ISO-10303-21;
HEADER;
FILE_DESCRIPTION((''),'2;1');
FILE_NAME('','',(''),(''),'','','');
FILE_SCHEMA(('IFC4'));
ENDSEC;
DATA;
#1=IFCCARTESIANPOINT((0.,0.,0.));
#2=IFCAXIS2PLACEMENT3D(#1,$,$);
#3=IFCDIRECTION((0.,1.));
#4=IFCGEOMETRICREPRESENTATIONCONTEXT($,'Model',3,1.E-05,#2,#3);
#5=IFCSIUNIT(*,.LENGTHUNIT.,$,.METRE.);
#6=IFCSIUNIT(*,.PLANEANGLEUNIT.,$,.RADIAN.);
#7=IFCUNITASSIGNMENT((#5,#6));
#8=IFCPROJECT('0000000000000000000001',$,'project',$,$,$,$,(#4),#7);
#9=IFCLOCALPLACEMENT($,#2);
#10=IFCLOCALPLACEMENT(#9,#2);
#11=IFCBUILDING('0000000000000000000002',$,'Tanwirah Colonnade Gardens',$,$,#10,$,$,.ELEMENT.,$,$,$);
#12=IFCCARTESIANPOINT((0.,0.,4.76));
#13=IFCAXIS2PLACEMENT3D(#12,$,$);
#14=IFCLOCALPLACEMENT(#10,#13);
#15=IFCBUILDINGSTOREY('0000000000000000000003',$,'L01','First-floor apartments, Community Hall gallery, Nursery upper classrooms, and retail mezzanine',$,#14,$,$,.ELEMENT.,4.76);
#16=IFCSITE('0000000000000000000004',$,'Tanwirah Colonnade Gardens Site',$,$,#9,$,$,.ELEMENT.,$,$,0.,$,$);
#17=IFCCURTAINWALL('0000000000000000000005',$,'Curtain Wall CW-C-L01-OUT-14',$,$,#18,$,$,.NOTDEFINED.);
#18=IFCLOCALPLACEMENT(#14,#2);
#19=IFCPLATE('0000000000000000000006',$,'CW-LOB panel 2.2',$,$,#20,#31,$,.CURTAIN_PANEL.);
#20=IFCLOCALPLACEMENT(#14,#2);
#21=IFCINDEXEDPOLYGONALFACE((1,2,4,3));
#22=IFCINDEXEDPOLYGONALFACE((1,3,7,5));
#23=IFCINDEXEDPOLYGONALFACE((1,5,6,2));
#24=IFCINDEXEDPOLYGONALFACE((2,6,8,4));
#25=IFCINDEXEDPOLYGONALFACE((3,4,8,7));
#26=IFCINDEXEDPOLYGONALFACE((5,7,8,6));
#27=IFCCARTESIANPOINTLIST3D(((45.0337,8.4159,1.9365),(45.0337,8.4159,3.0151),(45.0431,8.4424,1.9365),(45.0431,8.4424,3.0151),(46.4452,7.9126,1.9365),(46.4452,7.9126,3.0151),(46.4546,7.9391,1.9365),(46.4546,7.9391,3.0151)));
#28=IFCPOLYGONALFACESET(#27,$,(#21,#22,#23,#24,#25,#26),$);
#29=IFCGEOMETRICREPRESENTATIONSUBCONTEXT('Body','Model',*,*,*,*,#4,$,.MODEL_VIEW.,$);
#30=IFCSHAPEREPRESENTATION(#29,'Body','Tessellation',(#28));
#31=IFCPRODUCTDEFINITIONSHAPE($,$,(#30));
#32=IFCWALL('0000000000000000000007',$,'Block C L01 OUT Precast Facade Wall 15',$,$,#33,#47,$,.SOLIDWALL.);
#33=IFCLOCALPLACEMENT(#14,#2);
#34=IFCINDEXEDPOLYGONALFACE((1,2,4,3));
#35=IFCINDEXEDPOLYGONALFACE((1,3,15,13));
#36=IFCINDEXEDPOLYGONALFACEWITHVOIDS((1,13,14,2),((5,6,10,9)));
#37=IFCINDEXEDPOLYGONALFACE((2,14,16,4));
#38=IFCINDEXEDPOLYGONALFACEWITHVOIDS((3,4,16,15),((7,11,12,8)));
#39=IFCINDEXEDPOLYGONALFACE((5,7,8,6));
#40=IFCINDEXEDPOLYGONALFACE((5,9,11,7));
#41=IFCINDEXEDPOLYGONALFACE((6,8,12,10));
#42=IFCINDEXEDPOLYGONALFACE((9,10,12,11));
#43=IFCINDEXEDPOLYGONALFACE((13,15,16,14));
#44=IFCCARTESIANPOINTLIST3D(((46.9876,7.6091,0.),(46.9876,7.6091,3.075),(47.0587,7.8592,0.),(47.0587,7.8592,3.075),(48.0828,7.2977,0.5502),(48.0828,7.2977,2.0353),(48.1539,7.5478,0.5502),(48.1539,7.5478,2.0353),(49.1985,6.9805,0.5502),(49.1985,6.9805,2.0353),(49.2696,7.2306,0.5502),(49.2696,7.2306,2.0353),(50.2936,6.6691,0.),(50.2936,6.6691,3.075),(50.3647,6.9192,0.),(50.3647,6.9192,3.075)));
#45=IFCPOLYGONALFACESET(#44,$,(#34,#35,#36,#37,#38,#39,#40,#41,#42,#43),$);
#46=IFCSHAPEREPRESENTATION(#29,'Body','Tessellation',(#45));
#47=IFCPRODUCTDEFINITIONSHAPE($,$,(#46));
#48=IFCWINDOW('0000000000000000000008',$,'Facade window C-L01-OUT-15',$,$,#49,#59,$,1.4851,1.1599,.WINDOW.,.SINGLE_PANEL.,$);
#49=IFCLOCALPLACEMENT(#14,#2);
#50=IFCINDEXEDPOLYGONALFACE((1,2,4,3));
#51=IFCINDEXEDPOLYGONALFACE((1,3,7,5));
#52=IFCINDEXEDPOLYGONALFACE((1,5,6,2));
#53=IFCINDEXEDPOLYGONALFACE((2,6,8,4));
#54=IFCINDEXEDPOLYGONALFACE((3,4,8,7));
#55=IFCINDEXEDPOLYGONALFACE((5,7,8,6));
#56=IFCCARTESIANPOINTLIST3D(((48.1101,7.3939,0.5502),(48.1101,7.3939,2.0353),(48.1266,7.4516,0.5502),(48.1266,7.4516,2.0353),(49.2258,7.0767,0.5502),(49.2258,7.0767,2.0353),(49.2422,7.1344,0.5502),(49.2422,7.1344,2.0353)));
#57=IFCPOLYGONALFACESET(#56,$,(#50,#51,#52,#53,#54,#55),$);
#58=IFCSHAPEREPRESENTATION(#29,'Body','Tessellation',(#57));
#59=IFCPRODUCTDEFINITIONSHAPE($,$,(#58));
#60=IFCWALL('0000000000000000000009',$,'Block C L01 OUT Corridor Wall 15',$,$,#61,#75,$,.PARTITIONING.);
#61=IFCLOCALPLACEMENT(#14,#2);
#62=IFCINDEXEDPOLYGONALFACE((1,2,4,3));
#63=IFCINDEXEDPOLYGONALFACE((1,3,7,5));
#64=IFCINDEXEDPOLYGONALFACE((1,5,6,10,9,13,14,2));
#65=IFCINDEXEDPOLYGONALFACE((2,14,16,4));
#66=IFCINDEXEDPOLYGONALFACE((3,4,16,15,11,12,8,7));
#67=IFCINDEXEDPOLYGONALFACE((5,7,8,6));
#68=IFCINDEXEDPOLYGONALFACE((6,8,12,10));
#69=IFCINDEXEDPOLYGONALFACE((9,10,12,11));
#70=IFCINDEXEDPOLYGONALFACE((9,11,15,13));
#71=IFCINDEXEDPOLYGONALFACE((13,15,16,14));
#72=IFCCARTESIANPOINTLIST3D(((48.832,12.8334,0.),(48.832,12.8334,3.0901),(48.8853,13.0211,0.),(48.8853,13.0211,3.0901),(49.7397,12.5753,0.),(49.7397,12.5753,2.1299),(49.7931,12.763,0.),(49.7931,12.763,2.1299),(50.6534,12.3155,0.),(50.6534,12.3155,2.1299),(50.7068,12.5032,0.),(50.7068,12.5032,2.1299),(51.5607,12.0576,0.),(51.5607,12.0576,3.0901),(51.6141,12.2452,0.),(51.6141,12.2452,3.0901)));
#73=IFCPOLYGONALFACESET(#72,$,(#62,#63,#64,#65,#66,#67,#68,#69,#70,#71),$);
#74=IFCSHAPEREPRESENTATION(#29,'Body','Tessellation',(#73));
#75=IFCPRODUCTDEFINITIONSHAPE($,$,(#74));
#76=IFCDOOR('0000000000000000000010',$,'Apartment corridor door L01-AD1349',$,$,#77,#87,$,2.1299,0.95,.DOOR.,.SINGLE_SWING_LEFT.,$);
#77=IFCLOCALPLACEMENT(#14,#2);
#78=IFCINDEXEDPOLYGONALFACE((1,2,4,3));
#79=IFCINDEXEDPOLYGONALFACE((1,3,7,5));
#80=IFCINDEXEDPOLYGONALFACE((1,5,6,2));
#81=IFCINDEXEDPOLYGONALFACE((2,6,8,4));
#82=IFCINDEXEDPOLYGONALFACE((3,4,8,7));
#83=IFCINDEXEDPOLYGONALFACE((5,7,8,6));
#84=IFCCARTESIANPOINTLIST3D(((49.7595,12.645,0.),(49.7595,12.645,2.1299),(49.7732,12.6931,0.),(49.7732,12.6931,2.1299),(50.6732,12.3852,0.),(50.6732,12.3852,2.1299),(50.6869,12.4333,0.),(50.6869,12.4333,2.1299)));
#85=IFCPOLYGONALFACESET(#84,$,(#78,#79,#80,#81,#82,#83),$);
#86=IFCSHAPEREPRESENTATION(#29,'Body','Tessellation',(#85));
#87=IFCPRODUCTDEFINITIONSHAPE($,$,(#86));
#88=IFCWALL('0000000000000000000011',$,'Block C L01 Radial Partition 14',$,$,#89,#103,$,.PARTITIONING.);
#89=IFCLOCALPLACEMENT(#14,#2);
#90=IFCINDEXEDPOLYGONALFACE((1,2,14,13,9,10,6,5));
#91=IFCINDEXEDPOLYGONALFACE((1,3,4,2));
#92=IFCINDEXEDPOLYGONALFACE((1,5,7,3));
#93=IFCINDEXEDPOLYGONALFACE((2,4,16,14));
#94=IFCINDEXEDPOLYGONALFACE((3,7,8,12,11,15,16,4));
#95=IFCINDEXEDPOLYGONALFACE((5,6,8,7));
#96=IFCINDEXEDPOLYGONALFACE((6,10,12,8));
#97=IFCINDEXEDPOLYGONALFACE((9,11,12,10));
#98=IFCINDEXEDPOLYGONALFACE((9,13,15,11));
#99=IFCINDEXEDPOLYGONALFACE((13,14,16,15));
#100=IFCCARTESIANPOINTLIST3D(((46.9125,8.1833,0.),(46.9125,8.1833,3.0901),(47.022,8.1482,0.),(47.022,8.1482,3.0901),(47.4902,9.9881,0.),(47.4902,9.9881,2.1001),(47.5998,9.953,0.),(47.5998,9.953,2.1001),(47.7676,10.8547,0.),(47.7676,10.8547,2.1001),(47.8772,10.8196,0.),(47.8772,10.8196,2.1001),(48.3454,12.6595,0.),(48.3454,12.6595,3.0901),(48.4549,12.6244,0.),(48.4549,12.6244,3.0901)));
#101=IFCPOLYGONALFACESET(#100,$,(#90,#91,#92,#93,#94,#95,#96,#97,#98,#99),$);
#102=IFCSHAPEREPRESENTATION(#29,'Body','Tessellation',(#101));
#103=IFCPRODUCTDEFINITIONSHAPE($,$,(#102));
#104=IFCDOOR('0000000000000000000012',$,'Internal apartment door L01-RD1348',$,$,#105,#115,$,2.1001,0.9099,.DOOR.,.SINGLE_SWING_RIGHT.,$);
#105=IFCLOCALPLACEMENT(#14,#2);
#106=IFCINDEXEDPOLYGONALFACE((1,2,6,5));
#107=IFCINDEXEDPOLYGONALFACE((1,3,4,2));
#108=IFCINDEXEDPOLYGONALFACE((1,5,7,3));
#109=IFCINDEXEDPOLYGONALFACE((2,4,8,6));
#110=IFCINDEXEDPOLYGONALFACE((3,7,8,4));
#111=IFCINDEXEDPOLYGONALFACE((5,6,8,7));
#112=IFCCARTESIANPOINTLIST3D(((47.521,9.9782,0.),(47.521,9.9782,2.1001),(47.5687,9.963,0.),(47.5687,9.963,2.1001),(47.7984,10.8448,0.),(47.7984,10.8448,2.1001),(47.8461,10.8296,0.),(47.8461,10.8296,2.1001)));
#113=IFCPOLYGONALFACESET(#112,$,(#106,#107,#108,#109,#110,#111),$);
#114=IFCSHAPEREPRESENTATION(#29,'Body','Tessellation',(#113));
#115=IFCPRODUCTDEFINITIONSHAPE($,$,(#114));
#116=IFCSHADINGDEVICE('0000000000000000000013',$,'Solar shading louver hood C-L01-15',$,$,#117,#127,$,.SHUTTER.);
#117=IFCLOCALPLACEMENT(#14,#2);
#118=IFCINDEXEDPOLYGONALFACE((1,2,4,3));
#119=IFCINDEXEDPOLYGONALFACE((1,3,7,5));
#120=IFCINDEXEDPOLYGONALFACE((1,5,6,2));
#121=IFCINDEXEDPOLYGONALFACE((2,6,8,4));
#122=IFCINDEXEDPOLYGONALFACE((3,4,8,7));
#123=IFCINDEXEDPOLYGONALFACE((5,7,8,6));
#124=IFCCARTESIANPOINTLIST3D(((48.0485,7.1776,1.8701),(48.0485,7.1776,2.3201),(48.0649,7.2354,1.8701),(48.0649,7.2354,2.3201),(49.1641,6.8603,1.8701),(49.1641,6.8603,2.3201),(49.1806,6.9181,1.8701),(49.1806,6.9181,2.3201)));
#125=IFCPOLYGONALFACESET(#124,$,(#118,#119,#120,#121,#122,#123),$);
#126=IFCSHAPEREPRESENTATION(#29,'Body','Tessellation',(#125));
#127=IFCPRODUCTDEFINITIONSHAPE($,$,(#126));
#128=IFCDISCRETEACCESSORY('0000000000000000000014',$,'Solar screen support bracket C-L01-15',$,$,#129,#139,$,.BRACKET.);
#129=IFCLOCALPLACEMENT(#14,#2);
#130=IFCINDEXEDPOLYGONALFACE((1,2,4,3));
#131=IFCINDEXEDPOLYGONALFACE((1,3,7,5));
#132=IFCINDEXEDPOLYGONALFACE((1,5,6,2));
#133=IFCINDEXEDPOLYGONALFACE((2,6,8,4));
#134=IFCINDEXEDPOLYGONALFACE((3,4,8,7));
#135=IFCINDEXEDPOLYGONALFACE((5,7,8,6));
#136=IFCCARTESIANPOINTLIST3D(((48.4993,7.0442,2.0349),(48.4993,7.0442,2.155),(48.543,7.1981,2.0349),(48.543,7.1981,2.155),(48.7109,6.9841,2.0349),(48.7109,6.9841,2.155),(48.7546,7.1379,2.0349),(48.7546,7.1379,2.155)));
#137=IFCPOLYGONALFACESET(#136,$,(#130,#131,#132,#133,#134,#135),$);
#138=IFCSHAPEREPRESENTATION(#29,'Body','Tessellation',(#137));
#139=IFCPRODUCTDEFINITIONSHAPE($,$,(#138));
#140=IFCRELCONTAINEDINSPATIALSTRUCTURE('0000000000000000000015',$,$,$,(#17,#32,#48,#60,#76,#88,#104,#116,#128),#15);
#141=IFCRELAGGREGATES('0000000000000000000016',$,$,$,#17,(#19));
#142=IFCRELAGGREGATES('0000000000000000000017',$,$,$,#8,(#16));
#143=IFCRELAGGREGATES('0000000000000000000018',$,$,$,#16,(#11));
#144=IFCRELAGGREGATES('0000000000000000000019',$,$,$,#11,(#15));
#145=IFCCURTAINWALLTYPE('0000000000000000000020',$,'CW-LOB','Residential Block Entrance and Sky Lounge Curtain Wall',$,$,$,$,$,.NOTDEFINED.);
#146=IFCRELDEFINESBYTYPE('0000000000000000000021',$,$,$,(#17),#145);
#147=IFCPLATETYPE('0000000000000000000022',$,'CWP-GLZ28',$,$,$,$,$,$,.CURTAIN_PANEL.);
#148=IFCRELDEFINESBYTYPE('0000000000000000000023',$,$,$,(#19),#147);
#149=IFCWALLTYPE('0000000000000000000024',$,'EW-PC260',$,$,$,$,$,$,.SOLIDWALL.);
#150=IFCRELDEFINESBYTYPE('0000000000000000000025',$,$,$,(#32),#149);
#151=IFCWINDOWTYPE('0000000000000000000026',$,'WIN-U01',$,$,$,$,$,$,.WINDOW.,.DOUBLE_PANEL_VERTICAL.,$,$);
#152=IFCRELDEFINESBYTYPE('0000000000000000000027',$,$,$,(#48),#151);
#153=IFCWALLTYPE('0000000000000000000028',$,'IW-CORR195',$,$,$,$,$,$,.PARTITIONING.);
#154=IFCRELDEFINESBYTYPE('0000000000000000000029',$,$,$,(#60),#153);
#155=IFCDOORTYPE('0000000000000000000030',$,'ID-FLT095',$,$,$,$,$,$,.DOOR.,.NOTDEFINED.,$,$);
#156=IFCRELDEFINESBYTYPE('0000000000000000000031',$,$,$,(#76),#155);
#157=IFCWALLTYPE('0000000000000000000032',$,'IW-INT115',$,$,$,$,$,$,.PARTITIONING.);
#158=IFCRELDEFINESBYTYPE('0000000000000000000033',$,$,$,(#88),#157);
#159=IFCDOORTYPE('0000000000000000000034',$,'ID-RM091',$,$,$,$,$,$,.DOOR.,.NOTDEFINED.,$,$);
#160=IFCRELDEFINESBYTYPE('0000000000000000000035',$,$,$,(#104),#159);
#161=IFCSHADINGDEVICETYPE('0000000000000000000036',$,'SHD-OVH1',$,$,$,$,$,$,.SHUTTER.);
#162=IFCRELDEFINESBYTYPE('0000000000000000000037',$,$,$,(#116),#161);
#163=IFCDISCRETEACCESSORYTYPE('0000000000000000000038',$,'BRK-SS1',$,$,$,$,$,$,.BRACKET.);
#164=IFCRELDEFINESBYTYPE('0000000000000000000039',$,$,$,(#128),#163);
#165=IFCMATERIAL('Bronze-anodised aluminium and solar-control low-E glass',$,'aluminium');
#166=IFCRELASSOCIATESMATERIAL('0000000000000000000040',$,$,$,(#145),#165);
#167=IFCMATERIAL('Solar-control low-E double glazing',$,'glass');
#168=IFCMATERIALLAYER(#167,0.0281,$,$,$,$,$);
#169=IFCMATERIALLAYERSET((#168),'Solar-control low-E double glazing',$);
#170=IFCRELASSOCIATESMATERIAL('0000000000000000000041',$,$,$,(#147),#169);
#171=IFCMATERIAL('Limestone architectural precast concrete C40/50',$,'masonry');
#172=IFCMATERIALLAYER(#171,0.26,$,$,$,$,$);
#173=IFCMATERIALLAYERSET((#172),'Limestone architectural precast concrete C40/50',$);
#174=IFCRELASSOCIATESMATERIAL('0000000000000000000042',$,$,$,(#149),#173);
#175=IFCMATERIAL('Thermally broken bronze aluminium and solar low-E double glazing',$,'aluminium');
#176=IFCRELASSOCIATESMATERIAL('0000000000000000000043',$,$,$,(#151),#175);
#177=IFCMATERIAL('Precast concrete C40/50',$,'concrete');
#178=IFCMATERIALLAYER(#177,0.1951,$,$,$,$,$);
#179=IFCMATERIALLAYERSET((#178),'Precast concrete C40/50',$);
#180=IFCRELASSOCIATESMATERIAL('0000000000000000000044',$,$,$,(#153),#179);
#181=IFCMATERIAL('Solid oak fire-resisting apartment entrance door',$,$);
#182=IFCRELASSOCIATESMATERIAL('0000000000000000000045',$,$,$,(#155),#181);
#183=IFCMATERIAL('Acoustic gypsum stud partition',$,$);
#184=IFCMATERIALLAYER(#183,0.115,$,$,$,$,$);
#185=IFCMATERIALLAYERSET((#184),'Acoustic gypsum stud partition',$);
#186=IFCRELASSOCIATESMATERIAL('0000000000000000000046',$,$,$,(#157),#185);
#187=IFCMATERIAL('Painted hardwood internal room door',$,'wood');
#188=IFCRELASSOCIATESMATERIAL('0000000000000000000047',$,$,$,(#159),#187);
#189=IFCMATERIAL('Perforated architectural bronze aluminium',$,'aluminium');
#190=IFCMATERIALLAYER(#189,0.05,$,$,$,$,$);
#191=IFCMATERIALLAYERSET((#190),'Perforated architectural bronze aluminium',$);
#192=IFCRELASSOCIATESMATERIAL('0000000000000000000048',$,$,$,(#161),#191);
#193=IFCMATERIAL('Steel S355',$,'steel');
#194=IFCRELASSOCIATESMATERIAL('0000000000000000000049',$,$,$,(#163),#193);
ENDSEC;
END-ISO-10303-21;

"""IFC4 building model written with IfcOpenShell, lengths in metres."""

from ifc_helpers import new_model, si_unit, direction, frame, frame_2d, origin, origin_2d, place, context, subcontext, project, spatial, rectangle, extrude, material, layer, layer_set, type_object, element, fill, aggregate, save


model = new_model("IFC4")

# Units and contexts
model_context = context("Model", 3, precision=1e-05, world=origin(), true_north=direction((0.0, 1.0)))
body_context = subcontext(model_context, "Body", "Model", "MODEL_VIEW")
ifc_project = project(units=[si_unit("LENGTHUNIT", "METRE"), si_unit("PLANEANGLEUNIT", "RADIAN")], contexts=[model_context])

# Site, building, storey
site_placement = place(None, origin())
site = spatial("IfcSite", under=ifc_project, at=site_placement, Name="Tanwirah Colonnade Gardens Site", CompositionType="ELEMENT", RefElevation=0.0)
building_placement = place(site_placement, origin())
building = spatial("IfcBuilding", under=site, at=building_placement, Name="Tanwirah Colonnade Gardens", CompositionType="ELEMENT")
storey_placement = place(building_placement, frame((0.0, 0.0, 4.76)))
storey = spatial("IfcBuildingStorey", under=building, at=storey_placement, Name="L01", Description="First-floor apartments, Community Hall gallery, Nursery upper classrooms, and retail mezzanine", CompositionType="ELEMENT", Elevation=4.76)

# Shared definitions
ifc_material_1 = material(Name="Precast concrete C40/50", Category="concrete")

# Curtain wall
ifc_material_2 = material(Name="Bronze-anodised aluminium and solar-control low-E glass", Category="aluminium")
curtain_wall_type = type_object("IfcCurtainWallType", Name="CW-LOB", Description="Residential Block Entrance and Sky Lounge Curtain Wall", PredefinedType="NOTDEFINED", material=ifc_material_2)
curtain_wall_placement = place(storey_placement, origin())
curtain_wall = element("IfcCurtainWall", 1, at=curtain_wall_placement, inside=storey, type_object=curtain_wall_type, Name="Curtain Wall CW-C-L01-OUT-14", PredefinedType="NOTDEFINED")

# Plate
ifc_material_3 = material(Name="Solar-control low-E double glazing", Category="glass")
ifc_layer_1 = layer(ifc_material_3, 0.0281)
ifc_layer_set_1 = layer_set([ifc_layer_1], Name="Solar-control low-E double glazing")
plate_type = type_object("IfcPlateType", Name="CWP-GLZ28", PredefinedType="CURTAIN_PANEL", material=ifc_layer_set_1)
plate_1_placement = place(storey_placement, frame((45.7441, 8.1775, 1.9365), z_axis=(0.0, 0.0, 1.0), x_axis=(0.941911, -0.335862, 0.0)))
plate_1 = element("IfcPlate", 2, at=plate_1_placement, type_object=plate_type, Name="CW-LOB panel 2.2", PredefinedType="CURTAIN_PANEL", context=body_context, shape_type="SweptSolid", body=[
    extrude(rectangle(XDim=1.4985, YDim=0.0281, at=origin_2d()), origin(), (0.0, 0.0, 1.0), 1.0786),
])
aggregate(curtain_wall, [plate_1])

# Wall, opening, window
ifc_material_4 = material(Name="Limestone architectural precast concrete C40/50", Category="masonry")
ifc_layer_2 = layer(ifc_material_4, 0.26)
ifc_layer_set_2 = layer_set([ifc_layer_2], Name="Limestone architectural precast concrete C40/50")
wall_type_1 = type_object("IfcWallType", Name="EW-PC260", PredefinedType="SOLIDWALL", material=ifc_layer_set_2)
wall_1_placement = place(storey_placement, frame((47.0232, 7.7341, 0.0), z_axis=(0.0, 0.0, 1.0), x_axis=(0.961877, -0.273482, 0.0)))
wall_1 = element("IfcWall", 3, at=wall_1_placement, inside=storey, type_object=wall_type_1, Name="Block C L01 OUT Precast Facade Wall 15", PredefinedType="SOLIDWALL", context=body_context, shape_type="SweptSolid", body=[
    extrude(rectangle(XDim=3.437, YDim=0.26, at=frame_2d((1.7185, 0.0))), origin(), (0.0, 0.0, 1.0), 3.075),
])
opening_1_placement = place(wall_1_placement, frame((1.1384, 0.0, 0.55)))
opening_1 = element("IfcOpeningElement", 4, at=opening_1_placement, cuts=wall_1, PredefinedType="OPENING", context=body_context, shape_type="SweptSolid", body=[
    extrude(rectangle(XDim=1.1599, YDim=1.4851, at=frame_2d((0.5801, 0.7427))), frame((0.0, 0.1399, 0.0), z_axis=(0.0, -1.0, 0.0), x_axis=(1.0, 0.0, 0.0)), (0.0, 0.0, 1.0), 0.28),
])
ifc_material_5 = material(Name="Thermally broken bronze aluminium and solar low-E double glazing", Category="aluminium")
window_type = type_object("IfcWindowType", Name="WIN-U01", PartitioningType="DOUBLE_PANEL_VERTICAL", PredefinedType="WINDOW", material=ifc_material_5)
window_placement = place(opening_1_placement, origin())
window = element("IfcWindow", 5, at=window_placement, inside=storey, type_object=window_type, Name="Facade window C-L01-OUT-15", OverallHeight=1.4851, OverallWidth=1.1599, PartitioningType="SINGLE_PANEL", PredefinedType="WINDOW", context=body_context, shape_type="SweptSolid", body=[
    extrude(rectangle(XDim=1.1599, YDim=1.4851, at=frame_2d((0.5801, 0.7427))), frame((0.0, 0.03, 0.0), z_axis=(0.0, -1.0, 0.0), x_axis=(1.0, 0.0, 0.0)), (0.0, 0.0, 1.0), 0.0601),
])
fill(opening_1, window)

# Walls, openings, doors
ifc_layer_3 = layer(ifc_material_1, 0.1951)
ifc_layer_set_3 = layer_set([ifc_layer_3], Name="Precast concrete C40/50")
wall_type_2 = type_object("IfcWallType", Name="IW-CORR195", PredefinedType="PARTITIONING", material=ifc_layer_set_3)
wall_2_placement = place(storey_placement, frame((48.8586, 12.9272, 0.0), z_axis=(0.0, 0.0, 1.0), x_axis=(0.961874, -0.273493, 0.0)))
wall_2 = element("IfcWall", 6, at=wall_2_placement, inside=storey, type_object=wall_type_2, Name="Block C L01 OUT Corridor Wall 15", PredefinedType="PARTITIONING", context=body_context, shape_type="SweptSolid", body=[
    extrude(rectangle(XDim=2.8369, YDim=0.1951, at=frame_2d((1.4185, 0.0))), origin(), (0.0, 0.0, 1.0), 3.0901),
])
opening_2_placement = place(wall_2_placement, frame((0.9436, 0.0, 0.0)))
opening_2 = element("IfcOpeningElement", 7, at=opening_2_placement, cuts=wall_2, PredefinedType="OPENING", context=body_context, shape_type="SweptSolid", body=[
    extrude(rectangle(XDim=0.95, YDim=2.1299, at=frame_2d((0.4751, 1.0649))), frame((0.0, 0.1074, 0.0), z_axis=(0.0, -1.0, 0.0), x_axis=(1.0, 0.0, 0.0)), (0.0, 0.0, 1.0), 0.2151),
])
ifc_material_6 = material(Name="Solid oak fire-resisting apartment entrance door")
door_type_1 = type_object("IfcDoorType", Name="ID-FLT095", OperationType="NOTDEFINED", PredefinedType="DOOR", material=ifc_material_6)
door_1_placement = place(opening_2_placement, origin())
door_1 = element("IfcDoor", 8, at=door_1_placement, inside=storey, type_object=door_type_1, Name="Apartment corridor door L01-AD1349", OperationType="SINGLE_SWING_LEFT", OverallHeight=2.1299, OverallWidth=0.95, PredefinedType="DOOR", context=body_context, shape_type="SweptSolid", body=[
    extrude(rectangle(XDim=0.95, YDim=2.1299, at=frame_2d((0.4751, 1.0649))), frame((0.0, 0.0249, 0.0), z_axis=(0.0, -1.0, 0.0), x_axis=(1.0, 0.0, 0.0)), (0.0, 0.0, 1.0), 0.05),
])
fill(opening_2, door_1)
ifc_material_7 = material(Name="Acoustic gypsum stud partition")
ifc_layer_4 = layer(ifc_material_7, 0.115)
ifc_layer_set_4 = layer_set([ifc_layer_4], Name="Acoustic gypsum stud partition")
wall_type_3 = type_object("IfcWallType", Name="IW-INT115", PredefinedType="PARTITIONING", material=ifc_layer_set_4)
wall_3_placement = place(storey_placement, frame((48.4001, 12.6421, 0.0), z_axis=(0.0, 0.0, 1.0), x_axis=(-0.304861, -0.952397, 0.0)))
wall_3 = element("IfcWall", 9, at=wall_3_placement, inside=storey, type_object=wall_type_3, Name="Block C L01 Radial Partition 14", PredefinedType="PARTITIONING", context=body_context, shape_type="SweptSolid", body=[
    extrude(rectangle(XDim=4.7, YDim=0.115, at=frame_2d((2.3501, 0.0))), origin(), (0.0, 0.0, 1.0), 3.0901),
])
opening_3_placement = place(wall_3_placement, frame((1.895, 0.0, 0.0)))
opening_3 = element("IfcOpeningElement", 10, at=opening_3_placement, cuts=wall_3, PredefinedType="OPENING", context=body_context, shape_type="SweptSolid", body=[
    extrude(rectangle(XDim=0.9099, YDim=2.1001, at=frame_2d((0.4551, 1.05))), frame((0.0, 0.0674, 0.0), z_axis=(0.0, -1.0, 0.0), x_axis=(1.0, 0.0, 0.0)), (0.0, 0.0, 1.0), 0.135),
])
ifc_material_8 = material(Name="Painted hardwood internal room door", Category="wood")
door_type_2 = type_object("IfcDoorType", Name="ID-RM091", OperationType="NOTDEFINED", PredefinedType="DOOR", material=ifc_material_8)
door_2_placement = place(opening_3_placement, origin())
door_2 = element("IfcDoor", 11, at=door_2_placement, inside=storey, type_object=door_type_2, Name="Internal apartment door L01-RD1348", OperationType="SINGLE_SWING_RIGHT", OverallHeight=2.1001, OverallWidth=0.9099, PredefinedType="DOOR", context=body_context, shape_type="SweptSolid", body=[
    extrude(rectangle(XDim=0.9099, YDim=2.1001, at=frame_2d((0.4551, 1.05))), frame((0.0, 0.0249, 0.0), z_axis=(0.0, -1.0, 0.0), x_axis=(1.0, 0.0, 0.0)), (0.0, 0.0, 1.0), 0.05),
])
fill(opening_3, door_2)

# Shading device
ifc_material_9 = material(Name="Perforated architectural bronze aluminium", Category="aluminium")
ifc_layer_5 = layer(ifc_material_9, 0.05)
ifc_layer_set_5 = layer_set([ifc_layer_5], Name="Perforated architectural bronze aluminium")
shading_device_type = type_object("IfcShadingDeviceType", Name="SHD-OVH1", PredefinedType="SHUTTER", material=ifc_layer_set_5)
shading_device_placement = place(storey_placement, frame((48.6145, 7.0479, 1.8701), z_axis=(0.0, 0.0, 1.0), x_axis=(0.96186, -0.273542, 0.0)))
element("IfcShadingDevice", 12, at=shading_device_placement, inside=storey, type_object=shading_device_type, Name="Solar shading louver hood C-L01-15", PredefinedType="SHUTTER", context=body_context, shape_type="SweptSolid", body=[
    extrude(rectangle(XDim=1.1599, YDim=0.0601, at=origin_2d()), origin(), (0.0, 0.0, 1.0), 0.45),
])

# Discrete accessory
ifc_material_10 = material(Name="Steel S355", Category="steel")
discrete_accessory_type = type_object("IfcDiscreteAccessoryType", Name="BRK-SS1", PredefinedType="BRACKET", material=ifc_material_10)
discrete_accessory_placement = place(storey_placement, frame((48.627, 7.0911, 2.0349), z_axis=(0.0, 0.0, 1.0), x_axis=(0.96186, -0.273542, 0.0)))
element("IfcDiscreteAccessory", 13, at=discrete_accessory_placement, inside=storey, type_object=discrete_accessory_type, Name="Solar screen support bracket C-L01-15", PredefinedType="BRACKET", context=body_context, shape_type="SweptSolid", body=[
    extrude(rectangle(XDim=0.22, YDim=0.1599, at=origin_2d()), origin(), (0.0, 0.0, 1.0), 0.1201),
])

save(model, "model.ifc")
